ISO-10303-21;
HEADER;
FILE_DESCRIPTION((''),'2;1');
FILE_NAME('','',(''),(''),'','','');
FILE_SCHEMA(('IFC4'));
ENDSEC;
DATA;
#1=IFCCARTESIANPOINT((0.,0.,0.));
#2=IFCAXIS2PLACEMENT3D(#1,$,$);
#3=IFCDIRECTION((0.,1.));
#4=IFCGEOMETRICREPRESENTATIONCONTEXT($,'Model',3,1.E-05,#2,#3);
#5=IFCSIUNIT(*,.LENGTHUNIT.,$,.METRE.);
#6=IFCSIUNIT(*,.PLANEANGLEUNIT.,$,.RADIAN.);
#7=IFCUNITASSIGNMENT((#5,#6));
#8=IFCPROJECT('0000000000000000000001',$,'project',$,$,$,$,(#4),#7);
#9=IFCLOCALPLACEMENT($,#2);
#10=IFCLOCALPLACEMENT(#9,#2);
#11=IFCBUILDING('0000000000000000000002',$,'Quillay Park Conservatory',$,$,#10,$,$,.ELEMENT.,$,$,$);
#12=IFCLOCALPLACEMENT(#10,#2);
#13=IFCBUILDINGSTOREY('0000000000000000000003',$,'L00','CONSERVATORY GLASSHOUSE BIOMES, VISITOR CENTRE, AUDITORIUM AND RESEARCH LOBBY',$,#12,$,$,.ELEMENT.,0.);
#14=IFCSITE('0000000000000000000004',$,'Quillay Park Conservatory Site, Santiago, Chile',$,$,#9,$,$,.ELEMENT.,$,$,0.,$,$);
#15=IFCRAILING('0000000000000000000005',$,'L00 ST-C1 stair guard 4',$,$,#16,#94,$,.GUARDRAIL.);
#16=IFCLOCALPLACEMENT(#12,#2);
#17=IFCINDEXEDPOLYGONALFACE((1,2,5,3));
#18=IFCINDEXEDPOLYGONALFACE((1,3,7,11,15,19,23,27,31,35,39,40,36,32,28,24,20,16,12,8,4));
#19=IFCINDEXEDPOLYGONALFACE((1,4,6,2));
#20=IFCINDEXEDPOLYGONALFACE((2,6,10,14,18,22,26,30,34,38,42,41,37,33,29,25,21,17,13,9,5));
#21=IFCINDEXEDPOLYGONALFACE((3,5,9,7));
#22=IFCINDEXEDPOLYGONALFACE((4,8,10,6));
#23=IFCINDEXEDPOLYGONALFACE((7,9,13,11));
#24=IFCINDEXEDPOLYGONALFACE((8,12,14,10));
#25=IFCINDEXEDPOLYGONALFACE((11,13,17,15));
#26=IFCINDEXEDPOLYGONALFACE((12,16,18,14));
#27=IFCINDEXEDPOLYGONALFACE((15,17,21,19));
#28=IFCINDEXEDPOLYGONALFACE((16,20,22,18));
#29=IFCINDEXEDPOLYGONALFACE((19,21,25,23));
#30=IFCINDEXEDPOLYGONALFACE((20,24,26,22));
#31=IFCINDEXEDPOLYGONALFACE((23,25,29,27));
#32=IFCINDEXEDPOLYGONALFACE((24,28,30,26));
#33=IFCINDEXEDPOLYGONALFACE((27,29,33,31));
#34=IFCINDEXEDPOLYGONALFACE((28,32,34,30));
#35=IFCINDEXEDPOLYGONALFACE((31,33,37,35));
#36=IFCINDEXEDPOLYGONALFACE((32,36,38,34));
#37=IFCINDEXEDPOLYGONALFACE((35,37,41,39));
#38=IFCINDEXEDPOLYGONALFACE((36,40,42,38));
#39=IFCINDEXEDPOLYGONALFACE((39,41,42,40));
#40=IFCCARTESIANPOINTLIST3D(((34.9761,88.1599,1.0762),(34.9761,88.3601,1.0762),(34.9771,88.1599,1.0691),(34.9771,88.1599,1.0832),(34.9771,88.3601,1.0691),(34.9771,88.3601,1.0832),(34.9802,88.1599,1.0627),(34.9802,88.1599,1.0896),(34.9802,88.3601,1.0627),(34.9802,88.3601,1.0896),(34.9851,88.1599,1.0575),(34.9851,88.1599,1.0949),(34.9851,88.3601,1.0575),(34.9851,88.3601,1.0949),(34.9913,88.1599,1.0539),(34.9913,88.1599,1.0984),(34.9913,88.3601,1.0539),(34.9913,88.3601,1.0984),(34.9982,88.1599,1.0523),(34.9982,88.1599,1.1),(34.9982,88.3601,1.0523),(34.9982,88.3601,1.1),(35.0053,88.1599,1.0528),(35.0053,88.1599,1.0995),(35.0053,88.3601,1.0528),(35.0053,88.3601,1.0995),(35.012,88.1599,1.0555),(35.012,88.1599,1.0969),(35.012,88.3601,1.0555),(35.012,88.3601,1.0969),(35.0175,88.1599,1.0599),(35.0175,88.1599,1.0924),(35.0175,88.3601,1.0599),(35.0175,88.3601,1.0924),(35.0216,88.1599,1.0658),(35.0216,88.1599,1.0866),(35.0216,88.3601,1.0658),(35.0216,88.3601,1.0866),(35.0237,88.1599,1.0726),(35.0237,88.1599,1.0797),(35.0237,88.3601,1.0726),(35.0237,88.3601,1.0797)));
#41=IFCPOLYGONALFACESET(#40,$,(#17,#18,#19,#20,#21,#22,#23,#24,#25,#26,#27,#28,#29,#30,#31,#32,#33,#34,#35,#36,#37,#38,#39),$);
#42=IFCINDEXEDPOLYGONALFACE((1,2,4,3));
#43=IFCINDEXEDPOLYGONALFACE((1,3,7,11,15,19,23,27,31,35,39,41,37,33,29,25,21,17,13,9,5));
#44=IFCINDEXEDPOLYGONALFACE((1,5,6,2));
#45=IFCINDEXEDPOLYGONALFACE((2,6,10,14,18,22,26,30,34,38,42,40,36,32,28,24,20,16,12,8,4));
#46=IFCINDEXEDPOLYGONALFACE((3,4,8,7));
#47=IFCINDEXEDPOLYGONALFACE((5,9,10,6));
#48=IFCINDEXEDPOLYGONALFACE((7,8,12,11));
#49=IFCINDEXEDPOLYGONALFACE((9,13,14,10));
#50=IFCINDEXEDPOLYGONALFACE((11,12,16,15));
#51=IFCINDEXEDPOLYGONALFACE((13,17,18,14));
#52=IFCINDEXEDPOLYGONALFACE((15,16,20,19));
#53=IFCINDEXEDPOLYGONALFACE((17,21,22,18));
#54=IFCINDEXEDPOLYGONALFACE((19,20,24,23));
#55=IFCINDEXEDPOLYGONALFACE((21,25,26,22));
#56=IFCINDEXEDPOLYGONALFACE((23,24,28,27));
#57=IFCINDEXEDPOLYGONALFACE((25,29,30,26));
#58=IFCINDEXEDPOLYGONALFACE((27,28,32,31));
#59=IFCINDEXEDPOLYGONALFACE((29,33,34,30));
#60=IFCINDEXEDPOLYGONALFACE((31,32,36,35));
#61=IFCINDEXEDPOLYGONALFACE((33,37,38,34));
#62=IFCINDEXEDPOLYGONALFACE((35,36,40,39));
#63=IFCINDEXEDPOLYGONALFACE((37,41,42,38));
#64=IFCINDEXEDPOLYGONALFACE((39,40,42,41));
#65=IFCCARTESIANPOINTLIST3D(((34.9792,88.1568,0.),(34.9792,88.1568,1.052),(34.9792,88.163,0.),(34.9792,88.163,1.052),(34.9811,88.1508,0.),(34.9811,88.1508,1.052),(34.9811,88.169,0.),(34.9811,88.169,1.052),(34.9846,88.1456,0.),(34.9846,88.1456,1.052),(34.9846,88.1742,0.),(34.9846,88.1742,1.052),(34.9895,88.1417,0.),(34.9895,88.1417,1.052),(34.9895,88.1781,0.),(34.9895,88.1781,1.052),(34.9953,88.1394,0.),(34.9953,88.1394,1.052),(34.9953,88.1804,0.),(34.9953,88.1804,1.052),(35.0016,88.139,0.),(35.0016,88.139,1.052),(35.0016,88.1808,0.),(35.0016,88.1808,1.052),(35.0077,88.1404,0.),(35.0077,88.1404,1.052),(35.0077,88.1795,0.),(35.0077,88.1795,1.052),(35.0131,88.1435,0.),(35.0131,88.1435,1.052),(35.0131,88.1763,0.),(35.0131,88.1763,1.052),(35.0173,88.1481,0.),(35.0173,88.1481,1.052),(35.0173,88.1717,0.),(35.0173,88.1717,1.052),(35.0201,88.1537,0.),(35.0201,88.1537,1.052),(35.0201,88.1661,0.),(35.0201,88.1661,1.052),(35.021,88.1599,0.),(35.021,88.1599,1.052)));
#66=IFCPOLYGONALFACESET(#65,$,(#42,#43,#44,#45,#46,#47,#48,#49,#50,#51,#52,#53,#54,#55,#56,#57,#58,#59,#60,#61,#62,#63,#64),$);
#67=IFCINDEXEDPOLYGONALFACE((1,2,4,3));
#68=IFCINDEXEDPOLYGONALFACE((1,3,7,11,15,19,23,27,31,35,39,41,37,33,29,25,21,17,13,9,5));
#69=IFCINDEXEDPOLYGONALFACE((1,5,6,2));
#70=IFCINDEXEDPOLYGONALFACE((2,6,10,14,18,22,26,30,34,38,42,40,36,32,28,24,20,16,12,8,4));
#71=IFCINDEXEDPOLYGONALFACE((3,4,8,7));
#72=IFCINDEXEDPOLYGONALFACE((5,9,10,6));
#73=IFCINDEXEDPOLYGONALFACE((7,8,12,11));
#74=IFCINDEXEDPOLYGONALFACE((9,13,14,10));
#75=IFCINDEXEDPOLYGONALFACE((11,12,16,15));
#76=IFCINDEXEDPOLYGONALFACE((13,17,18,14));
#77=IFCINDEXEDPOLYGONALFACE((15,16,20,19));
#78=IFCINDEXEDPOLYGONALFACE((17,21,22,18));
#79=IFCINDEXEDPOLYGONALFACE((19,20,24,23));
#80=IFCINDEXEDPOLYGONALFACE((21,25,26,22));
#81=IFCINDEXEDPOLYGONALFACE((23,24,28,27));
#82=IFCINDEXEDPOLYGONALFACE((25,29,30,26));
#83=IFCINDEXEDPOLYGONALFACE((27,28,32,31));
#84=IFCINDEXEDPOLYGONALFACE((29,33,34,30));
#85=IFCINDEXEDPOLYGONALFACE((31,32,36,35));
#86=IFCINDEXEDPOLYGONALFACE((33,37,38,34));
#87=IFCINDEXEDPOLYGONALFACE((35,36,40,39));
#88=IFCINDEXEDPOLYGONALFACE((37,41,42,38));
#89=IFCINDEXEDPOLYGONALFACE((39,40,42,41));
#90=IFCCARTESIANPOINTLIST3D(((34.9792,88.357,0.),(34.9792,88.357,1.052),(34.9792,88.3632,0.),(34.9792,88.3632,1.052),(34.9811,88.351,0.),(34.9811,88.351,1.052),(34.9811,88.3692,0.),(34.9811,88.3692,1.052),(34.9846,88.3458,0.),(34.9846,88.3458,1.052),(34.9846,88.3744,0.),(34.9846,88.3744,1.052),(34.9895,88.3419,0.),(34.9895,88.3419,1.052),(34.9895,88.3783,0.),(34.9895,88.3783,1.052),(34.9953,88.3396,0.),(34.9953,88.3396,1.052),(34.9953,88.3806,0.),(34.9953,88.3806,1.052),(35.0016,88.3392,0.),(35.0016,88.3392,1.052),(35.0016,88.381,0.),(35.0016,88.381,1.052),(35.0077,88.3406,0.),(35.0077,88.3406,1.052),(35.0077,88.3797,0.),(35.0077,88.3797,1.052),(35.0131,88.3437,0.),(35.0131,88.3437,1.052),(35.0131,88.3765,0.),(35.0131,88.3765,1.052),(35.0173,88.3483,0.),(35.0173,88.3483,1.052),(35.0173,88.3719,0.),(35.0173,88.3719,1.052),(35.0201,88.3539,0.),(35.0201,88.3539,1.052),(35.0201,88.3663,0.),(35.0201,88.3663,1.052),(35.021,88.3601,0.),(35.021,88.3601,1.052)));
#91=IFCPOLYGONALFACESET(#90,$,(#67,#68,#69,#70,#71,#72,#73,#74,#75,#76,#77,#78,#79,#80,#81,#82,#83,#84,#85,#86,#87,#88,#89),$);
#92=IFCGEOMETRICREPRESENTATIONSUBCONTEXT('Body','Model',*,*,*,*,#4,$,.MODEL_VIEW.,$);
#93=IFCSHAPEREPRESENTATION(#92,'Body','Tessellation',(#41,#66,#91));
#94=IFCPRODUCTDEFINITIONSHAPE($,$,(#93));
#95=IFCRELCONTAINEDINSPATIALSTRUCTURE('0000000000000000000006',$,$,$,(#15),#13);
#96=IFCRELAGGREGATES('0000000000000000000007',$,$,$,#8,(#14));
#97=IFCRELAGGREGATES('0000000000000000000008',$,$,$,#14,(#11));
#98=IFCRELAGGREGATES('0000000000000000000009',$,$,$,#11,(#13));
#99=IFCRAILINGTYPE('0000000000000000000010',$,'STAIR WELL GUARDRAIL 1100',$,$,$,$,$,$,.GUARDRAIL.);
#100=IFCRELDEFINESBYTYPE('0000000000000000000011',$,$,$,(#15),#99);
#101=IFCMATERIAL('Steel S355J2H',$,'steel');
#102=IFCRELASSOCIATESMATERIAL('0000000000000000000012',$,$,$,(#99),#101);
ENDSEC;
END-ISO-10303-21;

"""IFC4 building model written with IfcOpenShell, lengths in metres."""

from ifc_helpers import new_model, si_unit, direction, frame, origin, origin_2d, place, context, subcontext, project, spatial, circle, extrude, material, type_object, element, save


model = new_model("IFC4")

# Units and contexts
model_context = context("Model", 3, precision=1e-05, world=origin(), true_north=direction((0.0, 1.0)))
body_context = subcontext(model_context, "Body", "Model", "MODEL_VIEW")
ifc_project = project(units=[si_unit("LENGTHUNIT", "METRE"), si_unit("PLANEANGLEUNIT", "RADIAN")], contexts=[model_context])

# Site, building, storey
site_placement = place(None, origin())
site = spatial("IfcSite", under=ifc_project, at=site_placement, Name="Quillay Park Conservatory Site, Santiago, Chile", CompositionType="ELEMENT", RefElevation=0.0)
building_placement = place(site_placement, origin())
building = spatial("IfcBuilding", under=site, at=building_placement, Name="Quillay Park Conservatory", CompositionType="ELEMENT")
storey_placement = place(building_placement, origin())
storey = spatial("IfcBuildingStorey", under=building, at=storey_placement, Name="L00", Description="CONSERVATORY GLASSHOUSE BIOMES, VISITOR CENTRE, AUDITORIUM AND RESEARCH LOBBY", CompositionType="ELEMENT", Elevation=0.0)

# Railing
ifc_material_1 = material(Name="Steel S355J2H", Category="steel")
railing_type_1 = type_object("IfcRailingType", Name="STAIR WELL GUARDRAIL 1100", PredefinedType="GUARDRAIL", material=ifc_material_1)
railing_1_placement = place(storey_placement, frame((35.0, 88.1599, 0.0)))
element("IfcRailing", 1, at=railing_1_placement, inside=storey, type_object=railing_type_1, Name="L00 ST-C1 stair guard 4", PredefinedType="GUARDRAIL", context=body_context, shape_type="SweptSolid", body=[
    extrude(circle(Radius=0.0239, at=origin_2d()), frame((0.0, 0.0, 1.0762), z_axis=(0.0, 1.0, 0.0), x_axis=(-1.0, 0.0, 0.0)), (0.0, 0.0, 1.0), 0.2002),
    extrude(circle(Radius=0.021, at=origin_2d()), origin(), (0.0, 0.0, 1.0), 1.052),
    extrude(circle(Radius=0.021, at=origin_2d()), frame((0.0, 0.2002, 0.0)), (0.0, 0.0, 1.0), 1.052),
])

save(model, "model.ifc")
